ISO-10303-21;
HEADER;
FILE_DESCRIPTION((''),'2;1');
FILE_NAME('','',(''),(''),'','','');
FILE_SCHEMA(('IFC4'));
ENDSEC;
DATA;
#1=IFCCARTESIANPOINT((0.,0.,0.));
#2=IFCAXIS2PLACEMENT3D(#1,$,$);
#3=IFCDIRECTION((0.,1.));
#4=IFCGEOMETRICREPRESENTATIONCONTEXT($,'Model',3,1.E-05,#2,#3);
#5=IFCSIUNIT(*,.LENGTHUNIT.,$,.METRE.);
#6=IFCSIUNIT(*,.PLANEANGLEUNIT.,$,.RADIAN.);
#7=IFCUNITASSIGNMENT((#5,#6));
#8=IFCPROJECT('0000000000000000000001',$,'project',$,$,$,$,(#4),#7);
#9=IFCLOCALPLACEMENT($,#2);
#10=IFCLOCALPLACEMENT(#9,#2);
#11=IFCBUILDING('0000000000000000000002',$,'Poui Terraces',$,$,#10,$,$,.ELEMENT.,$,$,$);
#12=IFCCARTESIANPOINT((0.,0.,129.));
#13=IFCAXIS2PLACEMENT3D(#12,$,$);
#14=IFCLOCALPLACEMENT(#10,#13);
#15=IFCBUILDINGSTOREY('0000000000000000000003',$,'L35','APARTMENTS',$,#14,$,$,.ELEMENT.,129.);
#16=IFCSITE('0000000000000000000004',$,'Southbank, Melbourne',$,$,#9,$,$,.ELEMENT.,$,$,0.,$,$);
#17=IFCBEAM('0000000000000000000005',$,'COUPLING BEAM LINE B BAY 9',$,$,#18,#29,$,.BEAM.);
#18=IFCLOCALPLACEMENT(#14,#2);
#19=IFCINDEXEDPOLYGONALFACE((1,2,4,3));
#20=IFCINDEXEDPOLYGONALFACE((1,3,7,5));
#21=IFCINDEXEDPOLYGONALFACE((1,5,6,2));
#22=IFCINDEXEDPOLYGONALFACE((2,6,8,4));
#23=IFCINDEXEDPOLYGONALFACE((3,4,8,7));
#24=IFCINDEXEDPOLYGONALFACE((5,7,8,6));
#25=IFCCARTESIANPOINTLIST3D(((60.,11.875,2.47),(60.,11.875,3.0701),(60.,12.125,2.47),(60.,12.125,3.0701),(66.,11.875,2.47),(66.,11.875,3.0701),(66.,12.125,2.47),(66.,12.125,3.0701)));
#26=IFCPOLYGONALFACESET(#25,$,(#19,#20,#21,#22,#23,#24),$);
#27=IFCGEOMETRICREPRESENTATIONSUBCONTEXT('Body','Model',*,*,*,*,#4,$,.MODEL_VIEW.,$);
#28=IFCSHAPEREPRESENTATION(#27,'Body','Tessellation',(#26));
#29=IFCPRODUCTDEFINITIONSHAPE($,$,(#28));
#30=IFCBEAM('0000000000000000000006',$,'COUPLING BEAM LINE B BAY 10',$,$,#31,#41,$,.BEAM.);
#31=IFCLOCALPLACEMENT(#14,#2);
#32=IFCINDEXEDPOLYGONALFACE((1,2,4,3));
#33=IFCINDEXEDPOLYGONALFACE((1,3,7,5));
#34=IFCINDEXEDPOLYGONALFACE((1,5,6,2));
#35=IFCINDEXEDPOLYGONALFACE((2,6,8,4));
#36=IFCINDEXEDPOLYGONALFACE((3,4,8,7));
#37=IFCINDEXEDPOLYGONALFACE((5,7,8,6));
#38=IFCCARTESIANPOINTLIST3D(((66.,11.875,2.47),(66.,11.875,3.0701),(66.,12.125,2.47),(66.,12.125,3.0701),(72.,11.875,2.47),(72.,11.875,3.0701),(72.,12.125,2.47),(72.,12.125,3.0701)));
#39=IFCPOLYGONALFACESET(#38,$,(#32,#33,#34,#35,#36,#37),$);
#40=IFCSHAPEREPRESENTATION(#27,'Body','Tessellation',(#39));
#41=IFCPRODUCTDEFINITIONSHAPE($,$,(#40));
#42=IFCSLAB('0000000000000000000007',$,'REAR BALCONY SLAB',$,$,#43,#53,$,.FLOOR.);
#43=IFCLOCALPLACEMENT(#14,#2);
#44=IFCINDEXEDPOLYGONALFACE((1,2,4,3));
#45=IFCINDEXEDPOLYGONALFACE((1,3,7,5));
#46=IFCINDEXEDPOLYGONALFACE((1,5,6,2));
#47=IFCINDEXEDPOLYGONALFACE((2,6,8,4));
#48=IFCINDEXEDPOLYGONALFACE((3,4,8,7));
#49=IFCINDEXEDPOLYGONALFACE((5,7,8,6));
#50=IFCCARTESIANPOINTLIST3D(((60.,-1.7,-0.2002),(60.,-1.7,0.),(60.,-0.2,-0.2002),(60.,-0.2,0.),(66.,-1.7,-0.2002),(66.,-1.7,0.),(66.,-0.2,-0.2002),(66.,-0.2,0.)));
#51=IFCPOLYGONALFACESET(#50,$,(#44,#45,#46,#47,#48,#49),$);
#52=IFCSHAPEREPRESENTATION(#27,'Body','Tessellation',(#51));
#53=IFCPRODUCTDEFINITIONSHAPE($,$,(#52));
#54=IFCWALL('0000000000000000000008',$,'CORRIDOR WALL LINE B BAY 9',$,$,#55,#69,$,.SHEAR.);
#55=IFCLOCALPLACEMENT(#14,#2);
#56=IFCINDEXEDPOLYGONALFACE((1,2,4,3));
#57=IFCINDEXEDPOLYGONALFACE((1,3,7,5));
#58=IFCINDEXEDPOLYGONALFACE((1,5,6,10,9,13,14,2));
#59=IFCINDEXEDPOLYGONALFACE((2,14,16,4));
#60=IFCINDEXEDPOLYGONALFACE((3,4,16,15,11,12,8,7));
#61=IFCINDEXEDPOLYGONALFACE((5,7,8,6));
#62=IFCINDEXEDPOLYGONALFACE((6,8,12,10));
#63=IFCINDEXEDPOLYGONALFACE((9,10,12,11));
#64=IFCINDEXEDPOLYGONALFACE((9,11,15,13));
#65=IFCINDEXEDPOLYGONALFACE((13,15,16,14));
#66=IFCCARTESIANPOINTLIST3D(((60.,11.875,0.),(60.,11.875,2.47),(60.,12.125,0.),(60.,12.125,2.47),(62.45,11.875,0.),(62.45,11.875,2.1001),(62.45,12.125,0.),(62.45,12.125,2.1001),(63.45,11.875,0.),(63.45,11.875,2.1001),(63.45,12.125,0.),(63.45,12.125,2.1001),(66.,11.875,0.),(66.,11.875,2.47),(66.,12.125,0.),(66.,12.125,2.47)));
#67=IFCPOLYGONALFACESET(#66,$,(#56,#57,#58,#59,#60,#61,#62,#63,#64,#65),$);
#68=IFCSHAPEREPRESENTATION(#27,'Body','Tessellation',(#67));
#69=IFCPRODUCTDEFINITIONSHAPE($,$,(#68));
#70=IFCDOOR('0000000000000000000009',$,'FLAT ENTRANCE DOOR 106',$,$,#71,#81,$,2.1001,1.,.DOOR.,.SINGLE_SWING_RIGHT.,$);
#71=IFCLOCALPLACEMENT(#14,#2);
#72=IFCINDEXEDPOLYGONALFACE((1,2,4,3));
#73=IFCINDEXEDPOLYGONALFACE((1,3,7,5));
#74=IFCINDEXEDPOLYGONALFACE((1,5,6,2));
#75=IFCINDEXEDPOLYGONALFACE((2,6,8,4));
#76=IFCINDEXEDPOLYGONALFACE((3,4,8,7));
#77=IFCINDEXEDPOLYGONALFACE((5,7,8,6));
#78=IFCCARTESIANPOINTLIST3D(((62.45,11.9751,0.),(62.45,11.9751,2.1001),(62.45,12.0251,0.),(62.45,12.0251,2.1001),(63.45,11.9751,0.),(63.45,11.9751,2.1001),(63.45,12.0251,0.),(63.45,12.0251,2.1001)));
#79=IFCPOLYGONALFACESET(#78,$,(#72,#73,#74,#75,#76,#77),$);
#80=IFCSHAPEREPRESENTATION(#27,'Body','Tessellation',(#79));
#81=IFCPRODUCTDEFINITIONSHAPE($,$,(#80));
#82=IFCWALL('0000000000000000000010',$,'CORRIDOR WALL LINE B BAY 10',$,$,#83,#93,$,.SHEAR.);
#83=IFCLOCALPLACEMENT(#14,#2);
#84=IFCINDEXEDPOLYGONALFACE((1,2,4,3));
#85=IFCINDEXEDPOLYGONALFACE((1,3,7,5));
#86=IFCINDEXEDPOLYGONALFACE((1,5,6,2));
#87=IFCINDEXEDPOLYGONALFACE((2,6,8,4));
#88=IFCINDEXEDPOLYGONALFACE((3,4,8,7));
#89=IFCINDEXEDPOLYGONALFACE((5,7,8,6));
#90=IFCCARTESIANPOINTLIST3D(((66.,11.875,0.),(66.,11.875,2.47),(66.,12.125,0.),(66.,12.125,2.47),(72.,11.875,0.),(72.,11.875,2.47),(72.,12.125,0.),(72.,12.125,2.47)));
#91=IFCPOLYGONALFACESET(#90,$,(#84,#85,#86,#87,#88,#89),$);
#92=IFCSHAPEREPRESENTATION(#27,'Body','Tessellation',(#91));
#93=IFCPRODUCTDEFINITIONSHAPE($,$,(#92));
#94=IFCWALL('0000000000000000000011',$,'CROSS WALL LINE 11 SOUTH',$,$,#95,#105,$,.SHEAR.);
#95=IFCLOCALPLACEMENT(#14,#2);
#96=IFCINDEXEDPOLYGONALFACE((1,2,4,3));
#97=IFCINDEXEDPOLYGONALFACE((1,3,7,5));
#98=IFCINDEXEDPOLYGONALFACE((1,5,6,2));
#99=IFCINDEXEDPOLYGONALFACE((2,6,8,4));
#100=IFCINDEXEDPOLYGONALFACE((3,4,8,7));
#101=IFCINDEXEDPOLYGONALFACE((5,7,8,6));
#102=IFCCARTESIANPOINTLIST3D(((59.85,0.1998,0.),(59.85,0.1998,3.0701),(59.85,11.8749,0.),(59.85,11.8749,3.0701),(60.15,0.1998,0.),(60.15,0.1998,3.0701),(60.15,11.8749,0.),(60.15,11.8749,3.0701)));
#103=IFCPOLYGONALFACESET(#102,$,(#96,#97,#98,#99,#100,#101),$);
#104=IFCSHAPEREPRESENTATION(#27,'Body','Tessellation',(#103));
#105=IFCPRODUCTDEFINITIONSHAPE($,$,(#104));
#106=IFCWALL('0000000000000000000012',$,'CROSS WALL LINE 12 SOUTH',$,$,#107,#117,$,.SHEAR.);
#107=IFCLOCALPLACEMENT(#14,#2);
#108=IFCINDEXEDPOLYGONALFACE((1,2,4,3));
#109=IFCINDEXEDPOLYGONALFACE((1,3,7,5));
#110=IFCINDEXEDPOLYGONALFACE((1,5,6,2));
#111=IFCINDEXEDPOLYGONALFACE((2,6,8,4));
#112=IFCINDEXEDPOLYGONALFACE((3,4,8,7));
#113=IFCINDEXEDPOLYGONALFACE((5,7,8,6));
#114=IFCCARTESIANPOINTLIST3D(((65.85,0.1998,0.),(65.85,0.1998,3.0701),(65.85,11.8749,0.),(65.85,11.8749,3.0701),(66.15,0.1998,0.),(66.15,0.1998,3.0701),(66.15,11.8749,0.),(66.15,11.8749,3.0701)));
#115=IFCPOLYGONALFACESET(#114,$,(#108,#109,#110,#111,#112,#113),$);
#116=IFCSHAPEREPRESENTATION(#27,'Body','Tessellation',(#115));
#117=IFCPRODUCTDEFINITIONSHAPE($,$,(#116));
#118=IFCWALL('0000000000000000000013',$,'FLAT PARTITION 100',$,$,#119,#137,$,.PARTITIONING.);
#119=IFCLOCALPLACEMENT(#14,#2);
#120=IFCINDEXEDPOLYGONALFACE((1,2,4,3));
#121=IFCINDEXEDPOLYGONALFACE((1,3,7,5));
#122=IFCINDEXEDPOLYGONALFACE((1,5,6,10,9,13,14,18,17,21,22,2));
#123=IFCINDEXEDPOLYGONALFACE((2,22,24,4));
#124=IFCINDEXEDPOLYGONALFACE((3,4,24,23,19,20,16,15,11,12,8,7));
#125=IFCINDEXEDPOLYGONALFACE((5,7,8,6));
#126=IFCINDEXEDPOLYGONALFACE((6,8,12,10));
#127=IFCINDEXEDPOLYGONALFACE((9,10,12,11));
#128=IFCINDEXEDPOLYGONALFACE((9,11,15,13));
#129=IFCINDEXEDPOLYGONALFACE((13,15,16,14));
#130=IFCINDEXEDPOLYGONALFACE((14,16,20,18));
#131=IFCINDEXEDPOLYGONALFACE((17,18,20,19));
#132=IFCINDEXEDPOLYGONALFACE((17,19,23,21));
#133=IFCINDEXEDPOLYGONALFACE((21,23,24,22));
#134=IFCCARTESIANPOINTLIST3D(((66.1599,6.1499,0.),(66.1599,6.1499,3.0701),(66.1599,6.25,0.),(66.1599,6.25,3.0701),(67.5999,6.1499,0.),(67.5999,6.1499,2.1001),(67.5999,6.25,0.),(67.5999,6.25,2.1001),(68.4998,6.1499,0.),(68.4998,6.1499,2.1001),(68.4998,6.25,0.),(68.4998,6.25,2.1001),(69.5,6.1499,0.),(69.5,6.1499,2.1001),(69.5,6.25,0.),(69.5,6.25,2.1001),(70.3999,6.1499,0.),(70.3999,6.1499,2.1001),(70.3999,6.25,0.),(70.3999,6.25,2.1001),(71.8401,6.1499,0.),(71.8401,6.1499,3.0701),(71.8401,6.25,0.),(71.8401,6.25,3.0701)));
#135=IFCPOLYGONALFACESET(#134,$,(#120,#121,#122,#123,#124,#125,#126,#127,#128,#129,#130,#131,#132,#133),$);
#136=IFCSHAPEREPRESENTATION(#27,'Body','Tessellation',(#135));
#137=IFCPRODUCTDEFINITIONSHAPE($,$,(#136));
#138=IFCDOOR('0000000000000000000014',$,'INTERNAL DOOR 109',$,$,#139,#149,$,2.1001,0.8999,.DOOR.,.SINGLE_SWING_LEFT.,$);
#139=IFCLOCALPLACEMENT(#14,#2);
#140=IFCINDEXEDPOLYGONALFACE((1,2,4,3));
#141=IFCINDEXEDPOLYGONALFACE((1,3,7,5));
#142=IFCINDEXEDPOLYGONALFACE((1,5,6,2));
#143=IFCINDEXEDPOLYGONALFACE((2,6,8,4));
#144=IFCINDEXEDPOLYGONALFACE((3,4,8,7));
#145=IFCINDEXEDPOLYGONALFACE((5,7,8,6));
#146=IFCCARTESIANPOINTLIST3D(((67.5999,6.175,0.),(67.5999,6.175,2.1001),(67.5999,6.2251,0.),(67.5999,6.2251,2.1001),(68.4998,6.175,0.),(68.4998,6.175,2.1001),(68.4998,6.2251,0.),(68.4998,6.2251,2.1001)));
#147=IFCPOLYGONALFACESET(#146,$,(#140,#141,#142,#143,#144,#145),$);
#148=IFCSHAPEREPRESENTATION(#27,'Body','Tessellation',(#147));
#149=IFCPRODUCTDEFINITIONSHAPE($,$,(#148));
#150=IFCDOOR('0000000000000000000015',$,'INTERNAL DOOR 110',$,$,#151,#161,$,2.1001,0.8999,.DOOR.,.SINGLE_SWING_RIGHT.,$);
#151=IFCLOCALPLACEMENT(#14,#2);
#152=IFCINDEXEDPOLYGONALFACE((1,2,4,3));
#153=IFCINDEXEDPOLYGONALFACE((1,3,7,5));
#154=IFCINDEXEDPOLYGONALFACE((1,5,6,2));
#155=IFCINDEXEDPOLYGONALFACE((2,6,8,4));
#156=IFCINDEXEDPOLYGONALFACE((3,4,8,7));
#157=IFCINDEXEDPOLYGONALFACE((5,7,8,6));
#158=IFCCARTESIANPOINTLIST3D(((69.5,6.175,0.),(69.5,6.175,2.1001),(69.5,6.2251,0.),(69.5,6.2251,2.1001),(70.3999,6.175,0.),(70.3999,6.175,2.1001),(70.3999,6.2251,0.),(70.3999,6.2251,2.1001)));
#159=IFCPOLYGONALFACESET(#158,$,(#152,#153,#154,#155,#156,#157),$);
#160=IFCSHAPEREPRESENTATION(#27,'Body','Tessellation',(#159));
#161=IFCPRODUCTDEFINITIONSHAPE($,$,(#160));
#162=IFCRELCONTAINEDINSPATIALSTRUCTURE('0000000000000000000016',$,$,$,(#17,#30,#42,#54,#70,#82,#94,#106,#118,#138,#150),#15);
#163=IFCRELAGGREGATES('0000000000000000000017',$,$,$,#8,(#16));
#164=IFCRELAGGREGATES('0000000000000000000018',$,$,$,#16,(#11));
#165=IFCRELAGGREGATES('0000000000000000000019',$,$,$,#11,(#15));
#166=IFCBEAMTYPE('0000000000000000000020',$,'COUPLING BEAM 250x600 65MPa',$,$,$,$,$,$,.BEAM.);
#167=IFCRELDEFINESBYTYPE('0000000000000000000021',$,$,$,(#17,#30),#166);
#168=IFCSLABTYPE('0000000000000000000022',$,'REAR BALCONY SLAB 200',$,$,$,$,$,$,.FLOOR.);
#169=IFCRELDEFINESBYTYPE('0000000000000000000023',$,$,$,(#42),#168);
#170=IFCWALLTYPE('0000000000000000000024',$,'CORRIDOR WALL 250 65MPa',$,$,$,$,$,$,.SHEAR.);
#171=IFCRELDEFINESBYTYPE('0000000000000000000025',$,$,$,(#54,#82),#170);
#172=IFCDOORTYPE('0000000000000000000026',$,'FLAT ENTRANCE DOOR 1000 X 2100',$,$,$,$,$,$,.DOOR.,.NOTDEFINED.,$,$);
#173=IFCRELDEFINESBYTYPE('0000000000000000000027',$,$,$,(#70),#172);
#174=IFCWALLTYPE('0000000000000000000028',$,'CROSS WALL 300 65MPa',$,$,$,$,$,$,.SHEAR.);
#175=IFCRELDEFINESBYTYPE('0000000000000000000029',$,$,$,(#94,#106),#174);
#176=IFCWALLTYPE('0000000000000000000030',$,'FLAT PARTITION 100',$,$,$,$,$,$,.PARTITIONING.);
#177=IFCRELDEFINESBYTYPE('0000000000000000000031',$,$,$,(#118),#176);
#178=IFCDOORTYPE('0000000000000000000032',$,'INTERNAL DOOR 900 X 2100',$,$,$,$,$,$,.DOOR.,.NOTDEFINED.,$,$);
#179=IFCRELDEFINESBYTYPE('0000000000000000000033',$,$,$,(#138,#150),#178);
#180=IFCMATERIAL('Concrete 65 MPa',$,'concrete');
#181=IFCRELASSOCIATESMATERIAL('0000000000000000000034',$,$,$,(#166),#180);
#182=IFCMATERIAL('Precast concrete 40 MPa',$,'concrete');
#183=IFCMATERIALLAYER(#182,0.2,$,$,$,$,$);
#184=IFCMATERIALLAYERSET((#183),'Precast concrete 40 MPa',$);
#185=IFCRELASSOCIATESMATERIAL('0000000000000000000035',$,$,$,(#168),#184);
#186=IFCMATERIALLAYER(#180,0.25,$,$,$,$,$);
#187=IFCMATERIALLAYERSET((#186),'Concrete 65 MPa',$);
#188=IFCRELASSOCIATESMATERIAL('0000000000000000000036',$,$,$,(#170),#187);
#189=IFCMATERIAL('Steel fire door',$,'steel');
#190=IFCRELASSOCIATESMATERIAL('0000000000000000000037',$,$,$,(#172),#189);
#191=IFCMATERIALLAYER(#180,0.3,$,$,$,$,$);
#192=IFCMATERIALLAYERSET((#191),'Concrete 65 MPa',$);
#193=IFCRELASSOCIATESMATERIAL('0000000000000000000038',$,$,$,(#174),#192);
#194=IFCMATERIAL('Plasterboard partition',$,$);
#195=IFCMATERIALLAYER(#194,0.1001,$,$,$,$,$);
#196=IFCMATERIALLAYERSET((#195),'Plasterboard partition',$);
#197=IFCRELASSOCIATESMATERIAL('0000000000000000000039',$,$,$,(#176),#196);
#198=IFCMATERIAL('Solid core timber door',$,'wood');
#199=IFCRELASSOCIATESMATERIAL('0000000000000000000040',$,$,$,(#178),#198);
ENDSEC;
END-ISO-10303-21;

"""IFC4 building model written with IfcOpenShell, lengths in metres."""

from ifc_helpers import new_model, si_unit, direction, frame, frame_2d, origin, origin_2d, place, context, subcontext, project, spatial, polyline, rectangle, outline, extrude, source, transform, mapped, material, layer, layer_set, material_profile, profile_set, type_object, element, fill, save


model = new_model("IFC4")

# Units and contexts
model_context = context("Model", 3, precision=1e-05, world=origin(), true_north=direction((0.0, 1.0)))
body_context = subcontext(model_context, "Body", "Model", "MODEL_VIEW")
ifc_project = project(units=[si_unit("LENGTHUNIT", "METRE"), si_unit("PLANEANGLEUNIT", "RADIAN")], contexts=[model_context])

# Site, building, storey
site_placement = place(None, origin())
site = spatial("IfcSite", under=ifc_project, at=site_placement, Name="Southbank, Melbourne", CompositionType="ELEMENT", RefElevation=0.0)
building_placement = place(site_placement, origin())
building = spatial("IfcBuilding", under=site, at=building_placement, Name="Poui Terraces", CompositionType="ELEMENT")
storey_placement = place(building_placement, frame((0.0, 0.0, 129.0)))
storey = spatial("IfcBuildingStorey", under=building, at=storey_placement, Name="L35", Description="APARTMENTS", CompositionType="ELEMENT", Elevation=129.0)

# Beams
ifc_material_1 = material(Name="Concrete 65 MPa", Category="concrete")
ifc_material_profile_1 = material_profile(ifc_material_1, rectangle(XDim=0.25, YDim=0.6001, at=origin_2d()), Name="RC 250x600")
ifc_profile_set_1 = profile_set([ifc_material_profile_1], Name="Concrete 65 MPa")
beam_type = type_object("IfcBeamType", Name="COUPLING BEAM 250x600 65MPa", PredefinedType="BEAM", material=ifc_profile_set_1)
shared_shape_1 = source(origin(), body_context, "Body", "SweptSolid", [
    extrude(rectangle(XDim=0.25, YDim=0.6001, at=origin_2d()), origin(), (0.0, 0.0, 1.0), 6.0),
])
for number, where, z_axis, x_axis, name in (
    (1, (60.0, 12.0, 2.77), (1.0, 0.0, 0.0), (0.0, 1.0, 0.0), "COUPLING BEAM LINE B BAY 9"),
    (2, (66.0, 12.0, 2.77), (1.0, 0.0, 0.0), (0.0, 1.0, 0.0), "COUPLING BEAM LINE B BAY 10"),
):
    element("IfcBeam", number, at=place(storey_placement, frame(where, z_axis=z_axis, x_axis=x_axis)), inside=storey, type_object=beam_type, Name=name, PredefinedType="BEAM", context=body_context, shape_type="MappedRepresentation", body=[
        mapped(shared_shape_1, transform((0.0, 0.0, 0.0))),
    ])

# Slab
ifc_material_2 = material(Name="Precast concrete 40 MPa", Category="concrete")
ifc_layer_1 = layer(ifc_material_2, 0.2)
ifc_layer_set_1 = layer_set([ifc_layer_1], Name="Precast concrete 40 MPa")
slab_type = type_object("IfcSlabType", Name="REAR BALCONY SLAB 200", PredefinedType="FLOOR", material=ifc_layer_set_1)
shared_shape_2 = source(origin(), body_context, "Body", "SweptSolid", [
    extrude(outline(polyline([(0.0, 0.0), (6.0, 0.0), (6.0, 1.5), (0.0, 1.5), (0.0, 0.0)])), origin(), (0.0, 0.0, 1.0), 0.2002),
])
slab_placement = place(storey_placement, frame((60.0, -1.7, -0.2002)))
element("IfcSlab", 3, at=slab_placement, inside=storey, type_object=slab_type, Name="REAR BALCONY SLAB", PredefinedType="FLOOR", context=body_context, shape_type="MappedRepresentation", body=[
    mapped(shared_shape_2, transform((0.0, 0.0, 0.0))),
])

# Wall, opening, door
ifc_layer_2 = layer(ifc_material_1, 0.25)
ifc_layer_set_2 = layer_set([ifc_layer_2], Name="Concrete 65 MPa")
wall_type_1 = type_object("IfcWallType", Name="CORRIDOR WALL 250 65MPa", PredefinedType="SHEAR", material=ifc_layer_set_2)
wall_1_placement = place(storey_placement, frame((60.0, 12.0, 0.0), z_axis=(0.0, 0.0, 1.0), x_axis=(1.0, 0.0, 0.0)))
wall_1 = element("IfcWall", 4, at=wall_1_placement, inside=storey, type_object=wall_type_1, Name="CORRIDOR WALL LINE B BAY 9", PredefinedType="SHEAR", context=body_context, shape_type="SweptSolid", body=[
    extrude(rectangle(XDim=6.0, YDim=0.25, at=frame_2d((3.0, 0.0))), origin(), (0.0, 0.0, 1.0), 2.47),
])
opening_1_placement = place(wall_1_placement, frame((2.45, 0.0, 0.0)))
opening_1 = element("IfcOpeningElement", 5, at=opening_1_placement, cuts=wall_1, PredefinedType="OPENING", context=body_context, shape_type="SweptSolid", body=[
    extrude(rectangle(XDim=1.0, YDim=2.1001, at=frame_2d((0.5, 1.05))), frame((0.0, 0.135, 0.0), z_axis=(0.0, -1.0, 0.0), x_axis=(1.0, 0.0, 0.0)), (0.0, 0.0, 1.0), 0.27),
])
ifc_material_3 = material(Name="Steel fire door", Category="steel")
door_type_1 = type_object("IfcDoorType", Name="FLAT ENTRANCE DOOR 1000 X 2100", OperationType="NOTDEFINED", PredefinedType="DOOR", material=ifc_material_3)
door_1_placement = place(opening_1_placement, frame((1.0, 0.0, 0.0), z_axis=(0.0, 0.0, 1.0), x_axis=(-1.0, 0.0, 0.0)))
door_1 = element("IfcDoor", 6, at=door_1_placement, inside=storey, type_object=door_type_1, Name="FLAT ENTRANCE DOOR 106", OperationType="SINGLE_SWING_RIGHT", OverallHeight=2.1001, OverallWidth=1.0, PredefinedType="DOOR", context=body_context, shape_type="SweptSolid", body=[
    extrude(rectangle(XDim=1.0, YDim=2.1001, at=frame_2d((0.5, 1.05))), frame((0.0, 0.0249, 0.0), z_axis=(0.0, -1.0, 0.0), x_axis=(1.0, 0.0, 0.0)), (0.0, 0.0, 1.0), 0.05),
])
fill(opening_1, door_1)

# Walls
wall_2_placement = place(storey_placement, frame((66.0, 12.0, 0.0), z_axis=(0.0, 0.0, 1.0), x_axis=(1.0, 0.0, 0.0)))
element("IfcWall", 7, at=wall_2_placement, inside=storey, type_object=wall_type_1, Name="CORRIDOR WALL LINE B BAY 10", PredefinedType="SHEAR", context=body_context, shape_type="SweptSolid", body=[
    extrude(rectangle(XDim=6.0, YDim=0.25, at=frame_2d((3.0, 0.0))), origin(), (0.0, 0.0, 1.0), 2.47),
])
ifc_layer_3 = layer(ifc_material_1, 0.3)
ifc_layer_set_3 = layer_set([ifc_layer_3], Name="Concrete 65 MPa")
wall_type_2 = type_object("IfcWallType", Name="CROSS WALL 300 65MPa", PredefinedType="SHEAR", material=ifc_layer_set_3)
for number, where, z_axis, x_axis, name in (
    (8, (60.0, 0.2, 0.0), (0.0, 0.0, 1.0), (0.0, 1.0, 0.0), "CROSS WALL LINE 11 SOUTH"),
    (9, (66.0, 0.2, 0.0), (0.0, 0.0, 1.0), (0.0, 1.0, 0.0), "CROSS WALL LINE 12 SOUTH"),
):
    element("IfcWall", number, at=place(storey_placement, frame(where, z_axis=z_axis, x_axis=x_axis)), inside=storey, type_object=wall_type_2, Name=name, PredefinedType="SHEAR", context=body_context, shape_type="SweptSolid", body=[
        extrude(rectangle(XDim=11.675, YDim=0.3, at=frame_2d((5.8374, 0.0))), origin(), (0.0, 0.0, 1.0), 3.0701),
    ])

# Wall, openings, doors
ifc_material_4 = material(Name="Plasterboard partition")
ifc_layer_4 = layer(ifc_material_4, 0.1001)
ifc_layer_set_4 = layer_set([ifc_layer_4], Name="Plasterboard partition")
wall_type_3 = type_object("IfcWallType", Name="FLAT PARTITION 100", PredefinedType="PARTITIONING", material=ifc_layer_set_4)
wall_3_placement = place(storey_placement, frame((66.1599, 6.2, 0.0), z_axis=(0.0, 0.0, 1.0), x_axis=(1.0, 0.0, 0.0)))
wall_3 = element("IfcWall", 10, at=wall_3_placement, inside=storey, type_object=wall_type_3, Name="FLAT PARTITION 100", PredefinedType="PARTITIONING", context=body_context, shape_type="SweptSolid", body=[
    extrude(rectangle(XDim=5.6802, YDim=0.1001, at=frame_2d((2.8401, 0.0))), origin(), (0.0, 0.0, 1.0), 3.0701),
])
opening_2_placement = place(wall_3_placement, frame((1.4399, 0.0, 0.0)))
opening_2 = element("IfcOpeningElement", 11, at=opening_2_placement, cuts=wall_3, PredefinedType="OPENING", context=body_context, shape_type="SweptSolid", body=[
    extrude(rectangle(XDim=0.8999, YDim=2.1001, at=frame_2d((0.45, 1.05))), frame((0.0, 0.0601, 0.0), z_axis=(0.0, -1.0, 0.0), x_axis=(1.0, 0.0, 0.0)), (0.0, 0.0, 1.0), 0.1201),
])
opening_3_placement = place(wall_3_placement, frame((3.3401, 0.0, 0.0)))
opening_3 = element("IfcOpeningElement", 12, at=opening_3_placement, cuts=wall_3, PredefinedType="OPENING", context=body_context, shape_type="SweptSolid", body=[
    extrude(rectangle(XDim=0.8999, YDim=2.1001, at=frame_2d((0.45, 1.05))), frame((0.0, 0.0601, 0.0), z_axis=(0.0, -1.0, 0.0), x_axis=(1.0, 0.0, 0.0)), (0.0, 0.0, 1.0), 0.1201),
])
ifc_material_5 = material(Name="Solid core timber door", Category="wood")
door_type_2 = type_object("IfcDoorType", Name="INTERNAL DOOR 900 X 2100", OperationType="NOTDEFINED", PredefinedType="DOOR", material=ifc_material_5)
door_2_placement = place(opening_2_placement, frame((0.8999, 0.0, 0.0), z_axis=(0.0, 0.0, 1.0), x_axis=(-1.0, 0.0, 0.0)))
door_2 = element("IfcDoor", 13, at=door_2_placement, inside=storey, type_object=door_type_2, Name="INTERNAL DOOR 109", OperationType="SINGLE_SWING_LEFT", OverallHeight=2.1001, OverallWidth=0.8999, PredefinedType="DOOR", context=body_context, shape_type="SweptSolid", body=[
    extrude(rectangle(XDim=0.8999, YDim=2.1001, at=frame_2d((0.45, 1.05))), frame((0.0, 0.0249, 0.0), z_axis=(0.0, -1.0, 0.0), x_axis=(1.0, 0.0, 0.0)), (0.0, 0.0, 1.0), 0.05),
])
fill(opening_2, door_2)
door_3_placement = place(opening_3_placement, frame((0.8999, 0.0, 0.0), z_axis=(0.0, 0.0, 1.0), x_axis=(-1.0, 0.0, 0.0)))
door_3 = element("IfcDoor", 14, at=door_3_placement, inside=storey, type_object=door_type_2, Name="INTERNAL DOOR 110", OperationType="SINGLE_SWING_RIGHT", OverallHeight=2.1001, OverallWidth=0.8999, PredefinedType="DOOR", context=body_context, shape_type="SweptSolid", body=[
    extrude(rectangle(XDim=0.8999, YDim=2.1001, at=frame_2d((0.45, 1.05))), frame((0.0, 0.0249, 0.0), z_axis=(0.0, -1.0, 0.0), x_axis=(1.0, 0.0, 0.0)), (0.0, 0.0, 1.0), 0.05),
])
fill(opening_3, door_3)

save(model, "model.ifc")
